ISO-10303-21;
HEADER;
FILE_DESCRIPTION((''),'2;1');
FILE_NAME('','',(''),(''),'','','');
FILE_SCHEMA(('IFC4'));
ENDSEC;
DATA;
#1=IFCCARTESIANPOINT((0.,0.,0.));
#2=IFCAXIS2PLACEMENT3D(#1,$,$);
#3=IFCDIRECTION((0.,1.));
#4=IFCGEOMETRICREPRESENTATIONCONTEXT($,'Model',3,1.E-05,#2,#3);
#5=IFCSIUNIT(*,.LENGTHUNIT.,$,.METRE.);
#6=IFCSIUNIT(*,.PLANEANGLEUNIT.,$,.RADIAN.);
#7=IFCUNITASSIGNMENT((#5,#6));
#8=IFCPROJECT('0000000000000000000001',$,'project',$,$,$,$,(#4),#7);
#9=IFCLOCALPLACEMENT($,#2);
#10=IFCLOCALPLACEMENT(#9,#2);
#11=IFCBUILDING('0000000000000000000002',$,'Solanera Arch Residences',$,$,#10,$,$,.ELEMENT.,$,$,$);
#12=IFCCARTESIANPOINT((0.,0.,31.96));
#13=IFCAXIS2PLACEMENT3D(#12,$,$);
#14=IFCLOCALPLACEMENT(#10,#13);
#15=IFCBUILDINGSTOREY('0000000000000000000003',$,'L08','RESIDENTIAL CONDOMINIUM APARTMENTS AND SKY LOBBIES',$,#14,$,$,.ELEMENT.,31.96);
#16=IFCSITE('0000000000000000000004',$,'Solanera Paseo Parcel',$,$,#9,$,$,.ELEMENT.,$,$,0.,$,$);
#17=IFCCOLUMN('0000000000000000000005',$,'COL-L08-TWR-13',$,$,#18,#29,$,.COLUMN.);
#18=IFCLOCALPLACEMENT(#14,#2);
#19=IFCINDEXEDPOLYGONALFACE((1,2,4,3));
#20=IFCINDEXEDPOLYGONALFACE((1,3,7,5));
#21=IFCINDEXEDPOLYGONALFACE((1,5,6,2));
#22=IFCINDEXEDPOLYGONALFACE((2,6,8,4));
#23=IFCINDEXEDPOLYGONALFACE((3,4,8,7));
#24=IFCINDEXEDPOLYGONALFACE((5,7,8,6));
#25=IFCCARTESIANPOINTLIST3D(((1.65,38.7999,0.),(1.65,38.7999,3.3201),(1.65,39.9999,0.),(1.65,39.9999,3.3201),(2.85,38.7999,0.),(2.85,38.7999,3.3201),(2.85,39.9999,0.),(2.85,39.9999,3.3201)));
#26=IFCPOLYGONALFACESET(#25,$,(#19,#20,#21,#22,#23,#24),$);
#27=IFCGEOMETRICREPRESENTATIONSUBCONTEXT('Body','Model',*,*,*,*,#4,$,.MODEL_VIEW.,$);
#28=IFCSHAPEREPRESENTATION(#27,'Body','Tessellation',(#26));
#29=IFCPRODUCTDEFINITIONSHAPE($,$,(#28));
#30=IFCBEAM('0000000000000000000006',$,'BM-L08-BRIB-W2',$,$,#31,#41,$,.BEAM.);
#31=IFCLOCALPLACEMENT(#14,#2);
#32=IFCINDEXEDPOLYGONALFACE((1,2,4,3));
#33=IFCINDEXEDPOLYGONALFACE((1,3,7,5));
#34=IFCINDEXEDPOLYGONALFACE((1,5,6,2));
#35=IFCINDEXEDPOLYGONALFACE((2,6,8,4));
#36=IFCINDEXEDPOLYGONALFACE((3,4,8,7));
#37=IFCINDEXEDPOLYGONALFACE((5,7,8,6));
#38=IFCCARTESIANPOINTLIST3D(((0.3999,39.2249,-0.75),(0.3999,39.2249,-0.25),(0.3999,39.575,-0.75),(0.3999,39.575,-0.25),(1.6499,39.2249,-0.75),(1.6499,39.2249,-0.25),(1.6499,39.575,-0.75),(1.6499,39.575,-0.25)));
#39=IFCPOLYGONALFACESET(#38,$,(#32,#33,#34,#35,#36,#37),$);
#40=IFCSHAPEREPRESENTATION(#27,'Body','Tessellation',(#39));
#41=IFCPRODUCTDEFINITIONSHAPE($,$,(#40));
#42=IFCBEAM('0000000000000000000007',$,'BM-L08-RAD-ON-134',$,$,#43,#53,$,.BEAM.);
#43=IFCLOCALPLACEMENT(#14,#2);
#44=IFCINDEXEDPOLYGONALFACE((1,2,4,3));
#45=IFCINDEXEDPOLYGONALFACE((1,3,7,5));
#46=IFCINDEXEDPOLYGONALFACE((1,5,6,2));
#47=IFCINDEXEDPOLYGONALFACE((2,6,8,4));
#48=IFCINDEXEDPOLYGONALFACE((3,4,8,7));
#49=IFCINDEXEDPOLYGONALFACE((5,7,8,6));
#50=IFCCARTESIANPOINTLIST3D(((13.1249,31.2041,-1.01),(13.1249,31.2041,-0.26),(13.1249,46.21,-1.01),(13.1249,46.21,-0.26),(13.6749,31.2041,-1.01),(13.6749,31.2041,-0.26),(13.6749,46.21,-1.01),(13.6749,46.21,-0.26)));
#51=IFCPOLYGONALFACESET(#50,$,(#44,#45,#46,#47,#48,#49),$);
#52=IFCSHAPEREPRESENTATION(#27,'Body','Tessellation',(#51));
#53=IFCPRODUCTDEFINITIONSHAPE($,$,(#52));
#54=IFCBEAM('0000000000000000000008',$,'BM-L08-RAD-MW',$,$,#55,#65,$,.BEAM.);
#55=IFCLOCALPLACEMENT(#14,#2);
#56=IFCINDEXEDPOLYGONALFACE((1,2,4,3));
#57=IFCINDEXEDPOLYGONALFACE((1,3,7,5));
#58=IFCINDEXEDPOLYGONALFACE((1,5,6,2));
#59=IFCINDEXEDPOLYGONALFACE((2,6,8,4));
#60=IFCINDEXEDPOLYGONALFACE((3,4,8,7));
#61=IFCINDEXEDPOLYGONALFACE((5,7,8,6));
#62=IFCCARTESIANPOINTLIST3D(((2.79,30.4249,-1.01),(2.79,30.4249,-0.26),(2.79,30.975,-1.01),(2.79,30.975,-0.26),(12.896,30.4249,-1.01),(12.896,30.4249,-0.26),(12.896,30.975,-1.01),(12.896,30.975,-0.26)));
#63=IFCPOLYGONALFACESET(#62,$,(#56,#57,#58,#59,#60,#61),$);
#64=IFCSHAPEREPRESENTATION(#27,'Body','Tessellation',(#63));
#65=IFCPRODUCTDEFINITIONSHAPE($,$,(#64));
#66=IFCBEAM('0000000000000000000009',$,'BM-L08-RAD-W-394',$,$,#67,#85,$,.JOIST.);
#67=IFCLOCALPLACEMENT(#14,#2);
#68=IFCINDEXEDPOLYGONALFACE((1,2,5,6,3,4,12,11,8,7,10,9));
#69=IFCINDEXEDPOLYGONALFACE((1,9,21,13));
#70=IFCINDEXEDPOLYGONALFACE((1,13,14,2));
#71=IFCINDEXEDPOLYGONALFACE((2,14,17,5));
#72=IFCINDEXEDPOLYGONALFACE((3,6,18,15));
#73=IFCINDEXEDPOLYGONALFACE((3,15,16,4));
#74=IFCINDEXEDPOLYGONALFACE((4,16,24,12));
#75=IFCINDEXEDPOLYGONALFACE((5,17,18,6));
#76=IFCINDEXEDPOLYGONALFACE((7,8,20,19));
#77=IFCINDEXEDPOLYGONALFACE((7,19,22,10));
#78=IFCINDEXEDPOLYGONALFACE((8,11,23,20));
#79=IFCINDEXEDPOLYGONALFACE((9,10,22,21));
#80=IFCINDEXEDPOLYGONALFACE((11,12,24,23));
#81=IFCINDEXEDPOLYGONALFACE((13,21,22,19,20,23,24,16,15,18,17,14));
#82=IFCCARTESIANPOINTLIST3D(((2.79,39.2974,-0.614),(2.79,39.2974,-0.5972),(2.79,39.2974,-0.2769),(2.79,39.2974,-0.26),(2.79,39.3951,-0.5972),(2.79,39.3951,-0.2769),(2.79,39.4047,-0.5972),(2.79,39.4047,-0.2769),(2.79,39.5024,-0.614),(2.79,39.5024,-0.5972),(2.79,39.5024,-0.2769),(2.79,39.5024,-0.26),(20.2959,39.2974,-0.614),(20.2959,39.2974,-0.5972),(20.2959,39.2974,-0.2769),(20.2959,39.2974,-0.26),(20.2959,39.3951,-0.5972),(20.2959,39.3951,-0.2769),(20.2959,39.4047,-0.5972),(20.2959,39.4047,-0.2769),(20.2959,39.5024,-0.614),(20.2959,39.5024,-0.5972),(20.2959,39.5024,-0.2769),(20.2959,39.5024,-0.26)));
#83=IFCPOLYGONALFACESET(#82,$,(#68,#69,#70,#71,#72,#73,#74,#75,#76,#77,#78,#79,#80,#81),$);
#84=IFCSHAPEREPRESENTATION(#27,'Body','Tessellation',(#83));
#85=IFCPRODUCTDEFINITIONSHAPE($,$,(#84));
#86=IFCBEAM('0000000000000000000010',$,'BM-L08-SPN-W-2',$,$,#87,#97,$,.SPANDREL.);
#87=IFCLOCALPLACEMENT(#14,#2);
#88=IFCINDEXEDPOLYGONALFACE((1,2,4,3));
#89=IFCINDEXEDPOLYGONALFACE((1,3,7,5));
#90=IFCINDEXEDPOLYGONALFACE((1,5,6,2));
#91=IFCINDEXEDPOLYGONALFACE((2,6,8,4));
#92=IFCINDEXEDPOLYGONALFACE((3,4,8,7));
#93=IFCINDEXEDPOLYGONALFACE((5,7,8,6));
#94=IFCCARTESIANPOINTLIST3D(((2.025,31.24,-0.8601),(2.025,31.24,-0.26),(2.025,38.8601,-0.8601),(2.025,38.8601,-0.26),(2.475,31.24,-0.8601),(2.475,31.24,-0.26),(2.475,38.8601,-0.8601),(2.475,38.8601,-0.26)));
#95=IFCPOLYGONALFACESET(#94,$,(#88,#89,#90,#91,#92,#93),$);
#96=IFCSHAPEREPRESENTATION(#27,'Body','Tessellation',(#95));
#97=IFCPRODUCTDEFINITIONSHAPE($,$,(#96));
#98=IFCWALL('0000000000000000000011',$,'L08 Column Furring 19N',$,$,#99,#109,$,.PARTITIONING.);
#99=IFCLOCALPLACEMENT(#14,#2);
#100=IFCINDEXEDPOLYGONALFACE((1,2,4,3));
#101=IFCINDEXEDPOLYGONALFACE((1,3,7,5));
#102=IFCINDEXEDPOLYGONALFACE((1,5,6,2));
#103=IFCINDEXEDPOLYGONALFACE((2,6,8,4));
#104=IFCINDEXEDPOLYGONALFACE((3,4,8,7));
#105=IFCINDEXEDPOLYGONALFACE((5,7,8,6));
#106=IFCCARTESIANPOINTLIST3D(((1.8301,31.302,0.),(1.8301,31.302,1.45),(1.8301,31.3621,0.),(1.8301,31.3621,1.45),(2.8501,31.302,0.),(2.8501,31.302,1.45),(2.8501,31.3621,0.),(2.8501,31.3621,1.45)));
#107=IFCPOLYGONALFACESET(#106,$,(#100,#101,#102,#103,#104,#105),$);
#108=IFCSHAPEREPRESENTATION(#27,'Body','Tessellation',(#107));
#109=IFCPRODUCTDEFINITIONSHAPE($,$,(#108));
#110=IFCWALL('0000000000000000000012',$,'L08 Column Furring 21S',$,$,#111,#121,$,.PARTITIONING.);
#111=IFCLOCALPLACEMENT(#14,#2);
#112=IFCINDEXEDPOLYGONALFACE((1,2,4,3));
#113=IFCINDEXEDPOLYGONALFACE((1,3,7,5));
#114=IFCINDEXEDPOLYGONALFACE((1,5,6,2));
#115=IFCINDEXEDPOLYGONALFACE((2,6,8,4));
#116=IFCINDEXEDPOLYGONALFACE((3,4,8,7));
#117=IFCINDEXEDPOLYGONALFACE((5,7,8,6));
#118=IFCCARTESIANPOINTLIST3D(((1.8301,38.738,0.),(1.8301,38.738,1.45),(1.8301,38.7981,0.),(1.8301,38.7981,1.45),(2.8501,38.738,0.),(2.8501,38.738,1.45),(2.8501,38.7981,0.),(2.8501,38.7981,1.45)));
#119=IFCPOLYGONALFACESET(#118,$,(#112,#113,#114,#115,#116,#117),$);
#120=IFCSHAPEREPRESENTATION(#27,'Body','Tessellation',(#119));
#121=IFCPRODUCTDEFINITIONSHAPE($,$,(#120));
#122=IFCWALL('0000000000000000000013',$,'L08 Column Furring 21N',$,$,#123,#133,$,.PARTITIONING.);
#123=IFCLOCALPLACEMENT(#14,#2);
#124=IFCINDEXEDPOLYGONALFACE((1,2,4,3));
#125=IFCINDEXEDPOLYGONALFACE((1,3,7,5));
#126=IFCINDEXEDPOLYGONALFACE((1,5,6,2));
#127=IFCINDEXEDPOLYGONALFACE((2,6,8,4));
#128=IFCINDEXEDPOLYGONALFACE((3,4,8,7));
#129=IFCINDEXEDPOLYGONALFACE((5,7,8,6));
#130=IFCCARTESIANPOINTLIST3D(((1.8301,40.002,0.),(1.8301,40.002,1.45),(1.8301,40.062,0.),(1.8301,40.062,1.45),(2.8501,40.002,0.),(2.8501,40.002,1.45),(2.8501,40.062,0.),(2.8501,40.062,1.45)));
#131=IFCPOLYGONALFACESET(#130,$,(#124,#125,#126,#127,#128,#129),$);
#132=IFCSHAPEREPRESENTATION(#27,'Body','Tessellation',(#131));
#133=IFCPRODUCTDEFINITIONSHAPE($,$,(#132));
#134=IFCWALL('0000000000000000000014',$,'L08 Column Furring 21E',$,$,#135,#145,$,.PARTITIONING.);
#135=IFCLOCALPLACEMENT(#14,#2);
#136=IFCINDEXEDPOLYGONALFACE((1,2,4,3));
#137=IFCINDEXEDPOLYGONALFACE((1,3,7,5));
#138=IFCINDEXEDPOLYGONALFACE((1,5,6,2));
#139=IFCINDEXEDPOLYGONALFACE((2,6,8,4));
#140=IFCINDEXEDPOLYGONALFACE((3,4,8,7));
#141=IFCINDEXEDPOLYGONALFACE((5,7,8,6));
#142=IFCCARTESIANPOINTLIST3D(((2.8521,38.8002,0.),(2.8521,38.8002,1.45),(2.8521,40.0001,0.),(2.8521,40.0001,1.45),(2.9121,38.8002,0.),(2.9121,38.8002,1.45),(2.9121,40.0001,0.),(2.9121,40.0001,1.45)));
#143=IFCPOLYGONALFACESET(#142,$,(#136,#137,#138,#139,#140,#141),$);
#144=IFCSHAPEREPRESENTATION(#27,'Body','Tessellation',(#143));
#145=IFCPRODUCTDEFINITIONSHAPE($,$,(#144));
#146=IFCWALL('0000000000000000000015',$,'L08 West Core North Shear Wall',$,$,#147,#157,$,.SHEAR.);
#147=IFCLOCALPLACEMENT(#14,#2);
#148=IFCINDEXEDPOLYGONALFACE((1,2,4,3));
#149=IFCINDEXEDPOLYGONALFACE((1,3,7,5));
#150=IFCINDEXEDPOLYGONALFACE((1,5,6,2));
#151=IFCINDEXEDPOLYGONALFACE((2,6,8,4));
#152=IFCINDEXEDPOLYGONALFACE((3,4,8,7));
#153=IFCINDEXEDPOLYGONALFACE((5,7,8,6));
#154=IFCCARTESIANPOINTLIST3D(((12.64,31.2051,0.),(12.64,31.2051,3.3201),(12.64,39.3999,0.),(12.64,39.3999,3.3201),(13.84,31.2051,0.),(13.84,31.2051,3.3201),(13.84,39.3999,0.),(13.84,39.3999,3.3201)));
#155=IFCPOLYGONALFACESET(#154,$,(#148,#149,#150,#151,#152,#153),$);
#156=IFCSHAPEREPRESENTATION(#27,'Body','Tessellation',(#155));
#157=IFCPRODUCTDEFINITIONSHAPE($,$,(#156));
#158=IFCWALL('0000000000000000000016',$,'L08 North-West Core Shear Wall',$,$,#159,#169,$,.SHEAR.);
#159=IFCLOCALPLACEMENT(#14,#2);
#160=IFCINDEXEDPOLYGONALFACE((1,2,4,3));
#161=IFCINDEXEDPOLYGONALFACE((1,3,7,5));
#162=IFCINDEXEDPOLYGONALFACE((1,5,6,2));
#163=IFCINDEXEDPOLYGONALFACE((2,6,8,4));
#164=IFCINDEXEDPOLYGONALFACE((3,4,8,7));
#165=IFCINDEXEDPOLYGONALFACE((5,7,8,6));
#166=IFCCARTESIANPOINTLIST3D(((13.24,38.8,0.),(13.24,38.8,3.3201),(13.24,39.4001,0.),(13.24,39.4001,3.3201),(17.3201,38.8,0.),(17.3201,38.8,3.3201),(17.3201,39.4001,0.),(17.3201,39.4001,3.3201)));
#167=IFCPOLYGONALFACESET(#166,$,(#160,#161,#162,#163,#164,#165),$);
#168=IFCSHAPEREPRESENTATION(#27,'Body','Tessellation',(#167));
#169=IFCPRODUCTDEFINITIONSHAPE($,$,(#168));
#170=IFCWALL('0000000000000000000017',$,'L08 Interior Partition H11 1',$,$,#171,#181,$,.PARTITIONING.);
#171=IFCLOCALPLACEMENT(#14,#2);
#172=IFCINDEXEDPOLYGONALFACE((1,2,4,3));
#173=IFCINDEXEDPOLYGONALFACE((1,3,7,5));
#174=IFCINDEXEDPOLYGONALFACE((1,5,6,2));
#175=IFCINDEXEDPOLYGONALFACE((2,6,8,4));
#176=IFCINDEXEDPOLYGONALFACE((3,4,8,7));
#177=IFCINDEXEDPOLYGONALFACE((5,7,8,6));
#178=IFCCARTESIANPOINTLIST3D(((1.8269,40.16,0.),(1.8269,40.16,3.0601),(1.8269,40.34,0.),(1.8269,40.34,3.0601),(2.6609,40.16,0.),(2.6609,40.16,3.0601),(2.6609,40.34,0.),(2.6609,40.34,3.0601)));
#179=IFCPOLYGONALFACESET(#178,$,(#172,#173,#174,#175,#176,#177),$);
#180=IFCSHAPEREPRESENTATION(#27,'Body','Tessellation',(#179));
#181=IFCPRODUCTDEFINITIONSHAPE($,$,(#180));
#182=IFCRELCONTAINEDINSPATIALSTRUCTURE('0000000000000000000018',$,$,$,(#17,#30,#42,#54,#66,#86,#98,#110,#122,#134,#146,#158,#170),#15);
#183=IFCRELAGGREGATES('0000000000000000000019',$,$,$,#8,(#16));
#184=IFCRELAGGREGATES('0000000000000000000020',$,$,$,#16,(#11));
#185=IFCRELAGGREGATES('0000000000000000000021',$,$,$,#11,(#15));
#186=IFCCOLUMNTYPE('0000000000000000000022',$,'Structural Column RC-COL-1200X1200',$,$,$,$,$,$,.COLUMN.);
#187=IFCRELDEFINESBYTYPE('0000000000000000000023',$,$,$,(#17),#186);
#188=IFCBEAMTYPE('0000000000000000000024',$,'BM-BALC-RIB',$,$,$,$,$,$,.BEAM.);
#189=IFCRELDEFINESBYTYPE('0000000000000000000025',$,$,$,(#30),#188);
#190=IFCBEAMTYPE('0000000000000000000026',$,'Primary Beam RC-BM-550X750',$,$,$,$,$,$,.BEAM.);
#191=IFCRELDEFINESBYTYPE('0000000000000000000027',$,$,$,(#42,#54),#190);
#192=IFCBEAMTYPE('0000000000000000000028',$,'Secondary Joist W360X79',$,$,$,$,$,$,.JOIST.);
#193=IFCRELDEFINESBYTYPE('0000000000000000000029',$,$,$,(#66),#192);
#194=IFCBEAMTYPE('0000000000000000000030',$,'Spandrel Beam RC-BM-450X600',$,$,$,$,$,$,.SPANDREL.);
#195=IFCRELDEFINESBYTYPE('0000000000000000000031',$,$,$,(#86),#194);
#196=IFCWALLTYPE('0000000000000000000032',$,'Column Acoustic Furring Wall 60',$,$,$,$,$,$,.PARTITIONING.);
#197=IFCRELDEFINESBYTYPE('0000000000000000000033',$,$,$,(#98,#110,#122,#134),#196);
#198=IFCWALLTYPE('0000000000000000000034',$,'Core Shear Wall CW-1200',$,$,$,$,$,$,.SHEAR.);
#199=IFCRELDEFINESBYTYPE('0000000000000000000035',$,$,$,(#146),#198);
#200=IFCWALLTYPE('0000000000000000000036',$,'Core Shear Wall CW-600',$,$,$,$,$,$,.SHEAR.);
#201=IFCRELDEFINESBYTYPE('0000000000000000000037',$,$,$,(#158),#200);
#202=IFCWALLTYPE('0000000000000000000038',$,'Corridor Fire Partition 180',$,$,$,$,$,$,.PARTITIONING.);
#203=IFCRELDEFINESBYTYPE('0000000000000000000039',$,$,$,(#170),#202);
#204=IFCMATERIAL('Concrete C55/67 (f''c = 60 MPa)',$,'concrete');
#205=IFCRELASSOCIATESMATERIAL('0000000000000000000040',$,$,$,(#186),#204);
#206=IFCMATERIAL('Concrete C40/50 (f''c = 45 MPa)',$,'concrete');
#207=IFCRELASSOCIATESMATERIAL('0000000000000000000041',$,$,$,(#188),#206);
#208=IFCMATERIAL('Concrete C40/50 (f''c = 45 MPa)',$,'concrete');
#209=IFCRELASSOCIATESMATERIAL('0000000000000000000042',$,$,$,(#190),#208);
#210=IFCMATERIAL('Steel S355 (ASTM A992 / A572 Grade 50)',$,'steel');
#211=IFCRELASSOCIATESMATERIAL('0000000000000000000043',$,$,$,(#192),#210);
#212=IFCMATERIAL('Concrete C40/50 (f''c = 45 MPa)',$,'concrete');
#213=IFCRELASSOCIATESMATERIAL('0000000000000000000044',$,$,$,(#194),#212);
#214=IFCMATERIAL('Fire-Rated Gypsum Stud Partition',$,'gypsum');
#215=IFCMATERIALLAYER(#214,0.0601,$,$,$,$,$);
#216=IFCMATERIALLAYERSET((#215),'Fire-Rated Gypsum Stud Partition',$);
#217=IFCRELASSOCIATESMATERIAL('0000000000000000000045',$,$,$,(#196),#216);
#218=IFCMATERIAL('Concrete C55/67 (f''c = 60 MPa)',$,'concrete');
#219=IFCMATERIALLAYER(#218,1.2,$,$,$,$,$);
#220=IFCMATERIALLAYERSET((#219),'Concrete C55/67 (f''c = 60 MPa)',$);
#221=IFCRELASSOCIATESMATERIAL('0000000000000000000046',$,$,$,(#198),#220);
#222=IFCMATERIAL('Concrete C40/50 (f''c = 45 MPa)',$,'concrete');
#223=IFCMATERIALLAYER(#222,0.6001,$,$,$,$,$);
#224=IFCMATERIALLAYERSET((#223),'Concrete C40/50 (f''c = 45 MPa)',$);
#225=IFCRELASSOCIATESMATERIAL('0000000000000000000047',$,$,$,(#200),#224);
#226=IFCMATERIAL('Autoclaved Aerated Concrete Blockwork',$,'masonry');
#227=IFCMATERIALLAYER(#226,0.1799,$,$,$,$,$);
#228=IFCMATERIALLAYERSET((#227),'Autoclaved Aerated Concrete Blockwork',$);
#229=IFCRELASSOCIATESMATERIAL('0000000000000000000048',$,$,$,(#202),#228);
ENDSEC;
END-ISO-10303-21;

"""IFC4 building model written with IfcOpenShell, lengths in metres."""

from ifc_helpers import new_model, si_unit, direction, frame, frame_2d, origin, origin_2d, place, context, subcontext, project, spatial, rectangle, i_section, extrude, material, layer, layer_set, material_profile, profile_set, type_object, element, save


model = new_model("IFC4")

# Units and contexts
model_context = context("Model", 3, precision=1e-05, world=origin(), true_north=direction((0.0, 1.0)))
body_context = subcontext(model_context, "Body", "Model", "MODEL_VIEW")
ifc_project = project(units=[si_unit("LENGTHUNIT", "METRE"), si_unit("PLANEANGLEUNIT", "RADIAN")], contexts=[model_context])

# Site, building, storey
site_placement = place(None, origin())
site = spatial("IfcSite", under=ifc_project, at=site_placement, Name="Solanera Paseo Parcel", CompositionType="ELEMENT", RefElevation=0.0)
building_placement = place(site_placement, origin())
building = spatial("IfcBuilding", under=site, at=building_placement, Name="Solanera Arch Residences", CompositionType="ELEMENT")
storey_placement = place(building_placement, frame((0.0, 0.0, 31.96)))
storey = spatial("IfcBuildingStorey", under=building, at=storey_placement, Name="L08", Description="RESIDENTIAL CONDOMINIUM APARTMENTS AND SKY LOBBIES", CompositionType="ELEMENT", Elevation=31.96)

# Column
ifc_material_1 = material(Name="Concrete C55/67 (f'c = 60 MPa)", Category="concrete")
ifc_material_profile_1 = material_profile(ifc_material_1, rectangle(XDim=1.2, YDim=1.2, at=origin_2d()))
ifc_profile_set_1 = profile_set([ifc_material_profile_1], Name="Concrete C55/67 (f'c = 60 MPa)")
column_type = type_object("IfcColumnType", Name="Structural Column RC-COL-1200X1200", PredefinedType="COLUMN", material=ifc_profile_set_1)
column_placement = place(storey_placement, frame((2.25, 39.3999, 0.0), z_axis=(0.0, 0.0, 1.0), x_axis=(1.0, 0.0, 0.0)))
element("IfcColumn", 1, at=column_placement, inside=storey, type_object=column_type, Name="COL-L08-TWR-13", PredefinedType="COLUMN", context=body_context, shape_type="SweptSolid", body=[
    extrude(rectangle(XDim=1.2, YDim=1.2, at=origin_2d()), origin(), (0.0, 0.0, 1.0), 3.3201),
])

# Beams
ifc_material_2 = material(Name="Concrete C40/50 (f'c = 45 MPa)", Category="concrete")
ifc_material_profile_2 = material_profile(ifc_material_2, rectangle(XDim=0.3501, YDim=0.5, at=origin_2d()))
ifc_profile_set_2 = profile_set([ifc_material_profile_2], Name="Concrete C40/50 (f'c = 45 MPa)")
beam_type_1 = type_object("IfcBeamType", Name="BM-BALC-RIB", PredefinedType="BEAM", material=ifc_profile_set_2)
beam_1_placement = place(storey_placement, frame((0.3999, 39.3999, -0.5), z_axis=(1.0, 0.0, 0.0), x_axis=(0.0, 1.0, 0.0)))
element("IfcBeam", 2, at=beam_1_placement, inside=storey, type_object=beam_type_1, Name="BM-L08-BRIB-W2", PredefinedType="BEAM", context=body_context, shape_type="SweptSolid", body=[
    extrude(rectangle(XDim=0.3501, YDim=0.5, at=origin_2d()), origin(), (0.0, 0.0, 1.0), 1.25),
])
ifc_material_3 = material(Name="Concrete C40/50 (f'c = 45 MPa)", Category="concrete")
ifc_material_profile_3 = material_profile(ifc_material_3, rectangle(XDim=0.55, YDim=0.75, at=origin_2d()))
ifc_profile_set_3 = profile_set([ifc_material_profile_3], Name="Concrete C40/50 (f'c = 45 MPa)")
beam_type_2 = type_object("IfcBeamType", Name="Primary Beam RC-BM-550X750", PredefinedType="BEAM", material=ifc_profile_set_3)
beam_2_placement = place(storey_placement, frame((13.3999, 31.2041, -0.635), z_axis=(0.0, 1.0, 0.0), x_axis=(-1.0, 0.0, 0.0)))
element("IfcBeam", 3, at=beam_2_placement, inside=storey, type_object=beam_type_2, Name="BM-L08-RAD-ON-134", PredefinedType="BEAM", context=body_context, shape_type="SweptSolid", body=[
    extrude(rectangle(XDim=0.55, YDim=0.75, at=origin_2d()), origin(), (0.0, 0.0, 1.0), 15.0059),
])
beam_3_placement = place(storey_placement, frame((2.79, 30.7, -0.635), z_axis=(1.0, 0.0, 0.0), x_axis=(0.0, 1.0, 0.0)))
element("IfcBeam", 4, at=beam_3_placement, inside=storey, type_object=beam_type_2, Name="BM-L08-RAD-MW", PredefinedType="BEAM", context=body_context, shape_type="SweptSolid", body=[
    extrude(rectangle(XDim=0.55, YDim=0.75, at=origin_2d()), origin(), (0.0, 0.0, 1.0), 10.106),
])
ifc_material_4 = material(Name="Steel S355 (ASTM A992 / A572 Grade 50)", Category="steel")
ifc_material_profile_4 = material_profile(ifc_material_4, i_section(OverallWidth=0.2051, OverallDepth=0.354, WebThickness=0.0095, FlangeThickness=0.0168, at=origin_2d()))
ifc_profile_set_4 = profile_set([ifc_material_profile_4], Name="Steel S355 (ASTM A992 / A572 Grade 50)")
beam_type_3 = type_object("IfcBeamType", Name="Secondary Joist W360X79", PredefinedType="JOIST", material=ifc_profile_set_4)
beam_4_placement = place(storey_placement, frame((2.79, 39.3999, -0.437), z_axis=(1.0, 0.0, 0.0), x_axis=(0.0, 1.0, 0.0)))
element("IfcBeam", 5, at=beam_4_placement, inside=storey, type_object=beam_type_3, Name="BM-L08-RAD-W-394", PredefinedType="JOIST", context=body_context, shape_type="SweptSolid", body=[
    extrude(i_section(OverallWidth=0.2051, OverallDepth=0.354, WebThickness=0.0095, FlangeThickness=0.0168, at=origin_2d()), origin(), (0.0, 0.0, 1.0), 17.5059),
])
ifc_material_5 = material(Name="Concrete C40/50 (f'c = 45 MPa)", Category="concrete")
ifc_material_profile_5 = material_profile(ifc_material_5, rectangle(XDim=0.45, YDim=0.6001, at=origin_2d()))
ifc_profile_set_5 = profile_set([ifc_material_profile_5], Name="Concrete C40/50 (f'c = 45 MPa)")
beam_type_4 = type_object("IfcBeamType", Name="Spandrel Beam RC-BM-450X600", PredefinedType="SPANDREL", material=ifc_profile_set_5)
beam_5_placement = place(storey_placement, frame((2.25, 31.24, -0.5601), z_axis=(0.0, 1.0, 0.0), x_axis=(-1.0, 0.0, 0.0)))
element("IfcBeam", 6, at=beam_5_placement, inside=storey, type_object=beam_type_4, Name="BM-L08-SPN-W-2", PredefinedType="SPANDREL", context=body_context, shape_type="SweptSolid", body=[
    extrude(rectangle(XDim=0.45, YDim=0.6001, at=origin_2d()), origin(), (0.0, 0.0, 1.0), 7.6201),
])

# Walls
ifc_material_6 = material(Name="Fire-Rated Gypsum Stud Partition", Category="gypsum")
ifc_layer_1 = layer(ifc_material_6, 0.0601)
ifc_layer_set_1 = layer_set([ifc_layer_1], Name="Fire-Rated Gypsum Stud Partition")
wall_type_1 = type_object("IfcWallType", Name="Column Acoustic Furring Wall 60", PredefinedType="PARTITIONING", material=ifc_layer_set_1)
for number, where, z_axis, x_axis, name in (
    (7, (1.8301, 31.332, 0.0), (0.0, 0.0, 1.0), (1.0, 0.0, 0.0), "L08 Column Furring 19N"),
    (8, (1.8301, 38.7681, 0.0), (0.0, 0.0, 1.0), (1.0, 0.0, 0.0), "L08 Column Furring 21S"),
    (9, (1.8301, 40.032, 0.0), (0.0, 0.0, 1.0), (1.0, 0.0, 0.0), "L08 Column Furring 21N"),
):
    element("IfcWall", number, at=place(storey_placement, frame(where, z_axis=z_axis, x_axis=x_axis)), inside=storey, type_object=wall_type_1, Name=name, PredefinedType="PARTITIONING", context=body_context, shape_type="SweptSolid", body=[
        extrude(rectangle(XDim=1.02, YDim=0.0601, at=frame_2d((0.51, 0.0))), origin(), (0.0, 0.0, 1.0), 1.45),
    ])
wall_1_placement = place(storey_placement, frame((2.8821, 38.8, 0.0), z_axis=(0.0, 0.0, 1.0), x_axis=(0.0, 1.0, 0.0)))
element("IfcWall", 10, at=wall_1_placement, inside=storey, type_object=wall_type_1, Name="L08 Column Furring 21E", PredefinedType="PARTITIONING", context=body_context, shape_type="SweptSolid", body=[
    extrude(rectangle(XDim=1.2, YDim=0.0601, at=frame_2d((0.6001, 0.0))), origin(), (0.0, 0.0, 1.0), 1.45),
])
ifc_material_7 = material(Name="Concrete C55/67 (f'c = 60 MPa)", Category="concrete")
ifc_layer_2 = layer(ifc_material_7, 1.2)
ifc_layer_set_2 = layer_set([ifc_layer_2], Name="Concrete C55/67 (f'c = 60 MPa)")
wall_type_2 = type_object("IfcWallType", Name="Core Shear Wall CW-1200", PredefinedType="SHEAR", material=ifc_layer_set_2)
wall_2_placement = place(storey_placement, frame((13.24, 31.2051, 0.0), z_axis=(0.0, 0.0, 1.0), x_axis=(0.0, 1.0, 0.0)))
element("IfcWall", 11, at=wall_2_placement, inside=storey, type_object=wall_type_2, Name="L08 West Core North Shear Wall", PredefinedType="SHEAR", context=body_context, shape_type="SweptSolid", body=[
    extrude(rectangle(XDim=8.1948, YDim=1.2, at=frame_2d((4.0974, 0.0))), origin(), (0.0, 0.0, 1.0), 3.3201),
])
ifc_material_8 = material(Name="Concrete C40/50 (f'c = 45 MPa)", Category="concrete")
ifc_layer_3 = layer(ifc_material_8, 0.6001)
ifc_layer_set_3 = layer_set([ifc_layer_3], Name="Concrete C40/50 (f'c = 45 MPa)")
wall_type_3 = type_object("IfcWallType", Name="Core Shear Wall CW-600", PredefinedType="SHEAR", material=ifc_layer_set_3)
wall_3_placement = place(storey_placement, frame((13.24, 39.1001, 0.0), z_axis=(0.0, 0.0, 1.0), x_axis=(1.0, 0.0, 0.0)))
element("IfcWall", 12, at=wall_3_placement, inside=storey, type_object=wall_type_3, Name="L08 North-West Core Shear Wall", PredefinedType="SHEAR", context=body_context, shape_type="SweptSolid", body=[
    extrude(rectangle(XDim=4.0801, YDim=0.6001, at=frame_2d((2.04, 0.0))), origin(), (0.0, 0.0, 1.0), 3.3201),
])
ifc_material_9 = material(Name="Autoclaved Aerated Concrete Blockwork", Category="masonry")
ifc_layer_4 = layer(ifc_material_9, 0.1799)
ifc_layer_set_4 = layer_set([ifc_layer_4], Name="Autoclaved Aerated Concrete Blockwork")
wall_type_4 = type_object("IfcWallType", Name="Corridor Fire Partition 180", PredefinedType="PARTITIONING", material=ifc_layer_set_4)
wall_4_placement = place(storey_placement, frame((1.8269, 40.25, 0.0), z_axis=(0.0, 0.0, 1.0), x_axis=(1.0, 0.0, 0.0)))
element("IfcWall", 13, at=wall_4_placement, inside=storey, type_object=wall_type_4, Name="L08 Interior Partition H11 1", PredefinedType="PARTITIONING", context=body_context, shape_type="SweptSolid", body=[
    extrude(rectangle(XDim=0.834, YDim=0.1799, at=frame_2d((0.417, 0.0))), origin(), (0.0, 0.0, 1.0), 3.0601),
])

save(model, "model.ifc")
